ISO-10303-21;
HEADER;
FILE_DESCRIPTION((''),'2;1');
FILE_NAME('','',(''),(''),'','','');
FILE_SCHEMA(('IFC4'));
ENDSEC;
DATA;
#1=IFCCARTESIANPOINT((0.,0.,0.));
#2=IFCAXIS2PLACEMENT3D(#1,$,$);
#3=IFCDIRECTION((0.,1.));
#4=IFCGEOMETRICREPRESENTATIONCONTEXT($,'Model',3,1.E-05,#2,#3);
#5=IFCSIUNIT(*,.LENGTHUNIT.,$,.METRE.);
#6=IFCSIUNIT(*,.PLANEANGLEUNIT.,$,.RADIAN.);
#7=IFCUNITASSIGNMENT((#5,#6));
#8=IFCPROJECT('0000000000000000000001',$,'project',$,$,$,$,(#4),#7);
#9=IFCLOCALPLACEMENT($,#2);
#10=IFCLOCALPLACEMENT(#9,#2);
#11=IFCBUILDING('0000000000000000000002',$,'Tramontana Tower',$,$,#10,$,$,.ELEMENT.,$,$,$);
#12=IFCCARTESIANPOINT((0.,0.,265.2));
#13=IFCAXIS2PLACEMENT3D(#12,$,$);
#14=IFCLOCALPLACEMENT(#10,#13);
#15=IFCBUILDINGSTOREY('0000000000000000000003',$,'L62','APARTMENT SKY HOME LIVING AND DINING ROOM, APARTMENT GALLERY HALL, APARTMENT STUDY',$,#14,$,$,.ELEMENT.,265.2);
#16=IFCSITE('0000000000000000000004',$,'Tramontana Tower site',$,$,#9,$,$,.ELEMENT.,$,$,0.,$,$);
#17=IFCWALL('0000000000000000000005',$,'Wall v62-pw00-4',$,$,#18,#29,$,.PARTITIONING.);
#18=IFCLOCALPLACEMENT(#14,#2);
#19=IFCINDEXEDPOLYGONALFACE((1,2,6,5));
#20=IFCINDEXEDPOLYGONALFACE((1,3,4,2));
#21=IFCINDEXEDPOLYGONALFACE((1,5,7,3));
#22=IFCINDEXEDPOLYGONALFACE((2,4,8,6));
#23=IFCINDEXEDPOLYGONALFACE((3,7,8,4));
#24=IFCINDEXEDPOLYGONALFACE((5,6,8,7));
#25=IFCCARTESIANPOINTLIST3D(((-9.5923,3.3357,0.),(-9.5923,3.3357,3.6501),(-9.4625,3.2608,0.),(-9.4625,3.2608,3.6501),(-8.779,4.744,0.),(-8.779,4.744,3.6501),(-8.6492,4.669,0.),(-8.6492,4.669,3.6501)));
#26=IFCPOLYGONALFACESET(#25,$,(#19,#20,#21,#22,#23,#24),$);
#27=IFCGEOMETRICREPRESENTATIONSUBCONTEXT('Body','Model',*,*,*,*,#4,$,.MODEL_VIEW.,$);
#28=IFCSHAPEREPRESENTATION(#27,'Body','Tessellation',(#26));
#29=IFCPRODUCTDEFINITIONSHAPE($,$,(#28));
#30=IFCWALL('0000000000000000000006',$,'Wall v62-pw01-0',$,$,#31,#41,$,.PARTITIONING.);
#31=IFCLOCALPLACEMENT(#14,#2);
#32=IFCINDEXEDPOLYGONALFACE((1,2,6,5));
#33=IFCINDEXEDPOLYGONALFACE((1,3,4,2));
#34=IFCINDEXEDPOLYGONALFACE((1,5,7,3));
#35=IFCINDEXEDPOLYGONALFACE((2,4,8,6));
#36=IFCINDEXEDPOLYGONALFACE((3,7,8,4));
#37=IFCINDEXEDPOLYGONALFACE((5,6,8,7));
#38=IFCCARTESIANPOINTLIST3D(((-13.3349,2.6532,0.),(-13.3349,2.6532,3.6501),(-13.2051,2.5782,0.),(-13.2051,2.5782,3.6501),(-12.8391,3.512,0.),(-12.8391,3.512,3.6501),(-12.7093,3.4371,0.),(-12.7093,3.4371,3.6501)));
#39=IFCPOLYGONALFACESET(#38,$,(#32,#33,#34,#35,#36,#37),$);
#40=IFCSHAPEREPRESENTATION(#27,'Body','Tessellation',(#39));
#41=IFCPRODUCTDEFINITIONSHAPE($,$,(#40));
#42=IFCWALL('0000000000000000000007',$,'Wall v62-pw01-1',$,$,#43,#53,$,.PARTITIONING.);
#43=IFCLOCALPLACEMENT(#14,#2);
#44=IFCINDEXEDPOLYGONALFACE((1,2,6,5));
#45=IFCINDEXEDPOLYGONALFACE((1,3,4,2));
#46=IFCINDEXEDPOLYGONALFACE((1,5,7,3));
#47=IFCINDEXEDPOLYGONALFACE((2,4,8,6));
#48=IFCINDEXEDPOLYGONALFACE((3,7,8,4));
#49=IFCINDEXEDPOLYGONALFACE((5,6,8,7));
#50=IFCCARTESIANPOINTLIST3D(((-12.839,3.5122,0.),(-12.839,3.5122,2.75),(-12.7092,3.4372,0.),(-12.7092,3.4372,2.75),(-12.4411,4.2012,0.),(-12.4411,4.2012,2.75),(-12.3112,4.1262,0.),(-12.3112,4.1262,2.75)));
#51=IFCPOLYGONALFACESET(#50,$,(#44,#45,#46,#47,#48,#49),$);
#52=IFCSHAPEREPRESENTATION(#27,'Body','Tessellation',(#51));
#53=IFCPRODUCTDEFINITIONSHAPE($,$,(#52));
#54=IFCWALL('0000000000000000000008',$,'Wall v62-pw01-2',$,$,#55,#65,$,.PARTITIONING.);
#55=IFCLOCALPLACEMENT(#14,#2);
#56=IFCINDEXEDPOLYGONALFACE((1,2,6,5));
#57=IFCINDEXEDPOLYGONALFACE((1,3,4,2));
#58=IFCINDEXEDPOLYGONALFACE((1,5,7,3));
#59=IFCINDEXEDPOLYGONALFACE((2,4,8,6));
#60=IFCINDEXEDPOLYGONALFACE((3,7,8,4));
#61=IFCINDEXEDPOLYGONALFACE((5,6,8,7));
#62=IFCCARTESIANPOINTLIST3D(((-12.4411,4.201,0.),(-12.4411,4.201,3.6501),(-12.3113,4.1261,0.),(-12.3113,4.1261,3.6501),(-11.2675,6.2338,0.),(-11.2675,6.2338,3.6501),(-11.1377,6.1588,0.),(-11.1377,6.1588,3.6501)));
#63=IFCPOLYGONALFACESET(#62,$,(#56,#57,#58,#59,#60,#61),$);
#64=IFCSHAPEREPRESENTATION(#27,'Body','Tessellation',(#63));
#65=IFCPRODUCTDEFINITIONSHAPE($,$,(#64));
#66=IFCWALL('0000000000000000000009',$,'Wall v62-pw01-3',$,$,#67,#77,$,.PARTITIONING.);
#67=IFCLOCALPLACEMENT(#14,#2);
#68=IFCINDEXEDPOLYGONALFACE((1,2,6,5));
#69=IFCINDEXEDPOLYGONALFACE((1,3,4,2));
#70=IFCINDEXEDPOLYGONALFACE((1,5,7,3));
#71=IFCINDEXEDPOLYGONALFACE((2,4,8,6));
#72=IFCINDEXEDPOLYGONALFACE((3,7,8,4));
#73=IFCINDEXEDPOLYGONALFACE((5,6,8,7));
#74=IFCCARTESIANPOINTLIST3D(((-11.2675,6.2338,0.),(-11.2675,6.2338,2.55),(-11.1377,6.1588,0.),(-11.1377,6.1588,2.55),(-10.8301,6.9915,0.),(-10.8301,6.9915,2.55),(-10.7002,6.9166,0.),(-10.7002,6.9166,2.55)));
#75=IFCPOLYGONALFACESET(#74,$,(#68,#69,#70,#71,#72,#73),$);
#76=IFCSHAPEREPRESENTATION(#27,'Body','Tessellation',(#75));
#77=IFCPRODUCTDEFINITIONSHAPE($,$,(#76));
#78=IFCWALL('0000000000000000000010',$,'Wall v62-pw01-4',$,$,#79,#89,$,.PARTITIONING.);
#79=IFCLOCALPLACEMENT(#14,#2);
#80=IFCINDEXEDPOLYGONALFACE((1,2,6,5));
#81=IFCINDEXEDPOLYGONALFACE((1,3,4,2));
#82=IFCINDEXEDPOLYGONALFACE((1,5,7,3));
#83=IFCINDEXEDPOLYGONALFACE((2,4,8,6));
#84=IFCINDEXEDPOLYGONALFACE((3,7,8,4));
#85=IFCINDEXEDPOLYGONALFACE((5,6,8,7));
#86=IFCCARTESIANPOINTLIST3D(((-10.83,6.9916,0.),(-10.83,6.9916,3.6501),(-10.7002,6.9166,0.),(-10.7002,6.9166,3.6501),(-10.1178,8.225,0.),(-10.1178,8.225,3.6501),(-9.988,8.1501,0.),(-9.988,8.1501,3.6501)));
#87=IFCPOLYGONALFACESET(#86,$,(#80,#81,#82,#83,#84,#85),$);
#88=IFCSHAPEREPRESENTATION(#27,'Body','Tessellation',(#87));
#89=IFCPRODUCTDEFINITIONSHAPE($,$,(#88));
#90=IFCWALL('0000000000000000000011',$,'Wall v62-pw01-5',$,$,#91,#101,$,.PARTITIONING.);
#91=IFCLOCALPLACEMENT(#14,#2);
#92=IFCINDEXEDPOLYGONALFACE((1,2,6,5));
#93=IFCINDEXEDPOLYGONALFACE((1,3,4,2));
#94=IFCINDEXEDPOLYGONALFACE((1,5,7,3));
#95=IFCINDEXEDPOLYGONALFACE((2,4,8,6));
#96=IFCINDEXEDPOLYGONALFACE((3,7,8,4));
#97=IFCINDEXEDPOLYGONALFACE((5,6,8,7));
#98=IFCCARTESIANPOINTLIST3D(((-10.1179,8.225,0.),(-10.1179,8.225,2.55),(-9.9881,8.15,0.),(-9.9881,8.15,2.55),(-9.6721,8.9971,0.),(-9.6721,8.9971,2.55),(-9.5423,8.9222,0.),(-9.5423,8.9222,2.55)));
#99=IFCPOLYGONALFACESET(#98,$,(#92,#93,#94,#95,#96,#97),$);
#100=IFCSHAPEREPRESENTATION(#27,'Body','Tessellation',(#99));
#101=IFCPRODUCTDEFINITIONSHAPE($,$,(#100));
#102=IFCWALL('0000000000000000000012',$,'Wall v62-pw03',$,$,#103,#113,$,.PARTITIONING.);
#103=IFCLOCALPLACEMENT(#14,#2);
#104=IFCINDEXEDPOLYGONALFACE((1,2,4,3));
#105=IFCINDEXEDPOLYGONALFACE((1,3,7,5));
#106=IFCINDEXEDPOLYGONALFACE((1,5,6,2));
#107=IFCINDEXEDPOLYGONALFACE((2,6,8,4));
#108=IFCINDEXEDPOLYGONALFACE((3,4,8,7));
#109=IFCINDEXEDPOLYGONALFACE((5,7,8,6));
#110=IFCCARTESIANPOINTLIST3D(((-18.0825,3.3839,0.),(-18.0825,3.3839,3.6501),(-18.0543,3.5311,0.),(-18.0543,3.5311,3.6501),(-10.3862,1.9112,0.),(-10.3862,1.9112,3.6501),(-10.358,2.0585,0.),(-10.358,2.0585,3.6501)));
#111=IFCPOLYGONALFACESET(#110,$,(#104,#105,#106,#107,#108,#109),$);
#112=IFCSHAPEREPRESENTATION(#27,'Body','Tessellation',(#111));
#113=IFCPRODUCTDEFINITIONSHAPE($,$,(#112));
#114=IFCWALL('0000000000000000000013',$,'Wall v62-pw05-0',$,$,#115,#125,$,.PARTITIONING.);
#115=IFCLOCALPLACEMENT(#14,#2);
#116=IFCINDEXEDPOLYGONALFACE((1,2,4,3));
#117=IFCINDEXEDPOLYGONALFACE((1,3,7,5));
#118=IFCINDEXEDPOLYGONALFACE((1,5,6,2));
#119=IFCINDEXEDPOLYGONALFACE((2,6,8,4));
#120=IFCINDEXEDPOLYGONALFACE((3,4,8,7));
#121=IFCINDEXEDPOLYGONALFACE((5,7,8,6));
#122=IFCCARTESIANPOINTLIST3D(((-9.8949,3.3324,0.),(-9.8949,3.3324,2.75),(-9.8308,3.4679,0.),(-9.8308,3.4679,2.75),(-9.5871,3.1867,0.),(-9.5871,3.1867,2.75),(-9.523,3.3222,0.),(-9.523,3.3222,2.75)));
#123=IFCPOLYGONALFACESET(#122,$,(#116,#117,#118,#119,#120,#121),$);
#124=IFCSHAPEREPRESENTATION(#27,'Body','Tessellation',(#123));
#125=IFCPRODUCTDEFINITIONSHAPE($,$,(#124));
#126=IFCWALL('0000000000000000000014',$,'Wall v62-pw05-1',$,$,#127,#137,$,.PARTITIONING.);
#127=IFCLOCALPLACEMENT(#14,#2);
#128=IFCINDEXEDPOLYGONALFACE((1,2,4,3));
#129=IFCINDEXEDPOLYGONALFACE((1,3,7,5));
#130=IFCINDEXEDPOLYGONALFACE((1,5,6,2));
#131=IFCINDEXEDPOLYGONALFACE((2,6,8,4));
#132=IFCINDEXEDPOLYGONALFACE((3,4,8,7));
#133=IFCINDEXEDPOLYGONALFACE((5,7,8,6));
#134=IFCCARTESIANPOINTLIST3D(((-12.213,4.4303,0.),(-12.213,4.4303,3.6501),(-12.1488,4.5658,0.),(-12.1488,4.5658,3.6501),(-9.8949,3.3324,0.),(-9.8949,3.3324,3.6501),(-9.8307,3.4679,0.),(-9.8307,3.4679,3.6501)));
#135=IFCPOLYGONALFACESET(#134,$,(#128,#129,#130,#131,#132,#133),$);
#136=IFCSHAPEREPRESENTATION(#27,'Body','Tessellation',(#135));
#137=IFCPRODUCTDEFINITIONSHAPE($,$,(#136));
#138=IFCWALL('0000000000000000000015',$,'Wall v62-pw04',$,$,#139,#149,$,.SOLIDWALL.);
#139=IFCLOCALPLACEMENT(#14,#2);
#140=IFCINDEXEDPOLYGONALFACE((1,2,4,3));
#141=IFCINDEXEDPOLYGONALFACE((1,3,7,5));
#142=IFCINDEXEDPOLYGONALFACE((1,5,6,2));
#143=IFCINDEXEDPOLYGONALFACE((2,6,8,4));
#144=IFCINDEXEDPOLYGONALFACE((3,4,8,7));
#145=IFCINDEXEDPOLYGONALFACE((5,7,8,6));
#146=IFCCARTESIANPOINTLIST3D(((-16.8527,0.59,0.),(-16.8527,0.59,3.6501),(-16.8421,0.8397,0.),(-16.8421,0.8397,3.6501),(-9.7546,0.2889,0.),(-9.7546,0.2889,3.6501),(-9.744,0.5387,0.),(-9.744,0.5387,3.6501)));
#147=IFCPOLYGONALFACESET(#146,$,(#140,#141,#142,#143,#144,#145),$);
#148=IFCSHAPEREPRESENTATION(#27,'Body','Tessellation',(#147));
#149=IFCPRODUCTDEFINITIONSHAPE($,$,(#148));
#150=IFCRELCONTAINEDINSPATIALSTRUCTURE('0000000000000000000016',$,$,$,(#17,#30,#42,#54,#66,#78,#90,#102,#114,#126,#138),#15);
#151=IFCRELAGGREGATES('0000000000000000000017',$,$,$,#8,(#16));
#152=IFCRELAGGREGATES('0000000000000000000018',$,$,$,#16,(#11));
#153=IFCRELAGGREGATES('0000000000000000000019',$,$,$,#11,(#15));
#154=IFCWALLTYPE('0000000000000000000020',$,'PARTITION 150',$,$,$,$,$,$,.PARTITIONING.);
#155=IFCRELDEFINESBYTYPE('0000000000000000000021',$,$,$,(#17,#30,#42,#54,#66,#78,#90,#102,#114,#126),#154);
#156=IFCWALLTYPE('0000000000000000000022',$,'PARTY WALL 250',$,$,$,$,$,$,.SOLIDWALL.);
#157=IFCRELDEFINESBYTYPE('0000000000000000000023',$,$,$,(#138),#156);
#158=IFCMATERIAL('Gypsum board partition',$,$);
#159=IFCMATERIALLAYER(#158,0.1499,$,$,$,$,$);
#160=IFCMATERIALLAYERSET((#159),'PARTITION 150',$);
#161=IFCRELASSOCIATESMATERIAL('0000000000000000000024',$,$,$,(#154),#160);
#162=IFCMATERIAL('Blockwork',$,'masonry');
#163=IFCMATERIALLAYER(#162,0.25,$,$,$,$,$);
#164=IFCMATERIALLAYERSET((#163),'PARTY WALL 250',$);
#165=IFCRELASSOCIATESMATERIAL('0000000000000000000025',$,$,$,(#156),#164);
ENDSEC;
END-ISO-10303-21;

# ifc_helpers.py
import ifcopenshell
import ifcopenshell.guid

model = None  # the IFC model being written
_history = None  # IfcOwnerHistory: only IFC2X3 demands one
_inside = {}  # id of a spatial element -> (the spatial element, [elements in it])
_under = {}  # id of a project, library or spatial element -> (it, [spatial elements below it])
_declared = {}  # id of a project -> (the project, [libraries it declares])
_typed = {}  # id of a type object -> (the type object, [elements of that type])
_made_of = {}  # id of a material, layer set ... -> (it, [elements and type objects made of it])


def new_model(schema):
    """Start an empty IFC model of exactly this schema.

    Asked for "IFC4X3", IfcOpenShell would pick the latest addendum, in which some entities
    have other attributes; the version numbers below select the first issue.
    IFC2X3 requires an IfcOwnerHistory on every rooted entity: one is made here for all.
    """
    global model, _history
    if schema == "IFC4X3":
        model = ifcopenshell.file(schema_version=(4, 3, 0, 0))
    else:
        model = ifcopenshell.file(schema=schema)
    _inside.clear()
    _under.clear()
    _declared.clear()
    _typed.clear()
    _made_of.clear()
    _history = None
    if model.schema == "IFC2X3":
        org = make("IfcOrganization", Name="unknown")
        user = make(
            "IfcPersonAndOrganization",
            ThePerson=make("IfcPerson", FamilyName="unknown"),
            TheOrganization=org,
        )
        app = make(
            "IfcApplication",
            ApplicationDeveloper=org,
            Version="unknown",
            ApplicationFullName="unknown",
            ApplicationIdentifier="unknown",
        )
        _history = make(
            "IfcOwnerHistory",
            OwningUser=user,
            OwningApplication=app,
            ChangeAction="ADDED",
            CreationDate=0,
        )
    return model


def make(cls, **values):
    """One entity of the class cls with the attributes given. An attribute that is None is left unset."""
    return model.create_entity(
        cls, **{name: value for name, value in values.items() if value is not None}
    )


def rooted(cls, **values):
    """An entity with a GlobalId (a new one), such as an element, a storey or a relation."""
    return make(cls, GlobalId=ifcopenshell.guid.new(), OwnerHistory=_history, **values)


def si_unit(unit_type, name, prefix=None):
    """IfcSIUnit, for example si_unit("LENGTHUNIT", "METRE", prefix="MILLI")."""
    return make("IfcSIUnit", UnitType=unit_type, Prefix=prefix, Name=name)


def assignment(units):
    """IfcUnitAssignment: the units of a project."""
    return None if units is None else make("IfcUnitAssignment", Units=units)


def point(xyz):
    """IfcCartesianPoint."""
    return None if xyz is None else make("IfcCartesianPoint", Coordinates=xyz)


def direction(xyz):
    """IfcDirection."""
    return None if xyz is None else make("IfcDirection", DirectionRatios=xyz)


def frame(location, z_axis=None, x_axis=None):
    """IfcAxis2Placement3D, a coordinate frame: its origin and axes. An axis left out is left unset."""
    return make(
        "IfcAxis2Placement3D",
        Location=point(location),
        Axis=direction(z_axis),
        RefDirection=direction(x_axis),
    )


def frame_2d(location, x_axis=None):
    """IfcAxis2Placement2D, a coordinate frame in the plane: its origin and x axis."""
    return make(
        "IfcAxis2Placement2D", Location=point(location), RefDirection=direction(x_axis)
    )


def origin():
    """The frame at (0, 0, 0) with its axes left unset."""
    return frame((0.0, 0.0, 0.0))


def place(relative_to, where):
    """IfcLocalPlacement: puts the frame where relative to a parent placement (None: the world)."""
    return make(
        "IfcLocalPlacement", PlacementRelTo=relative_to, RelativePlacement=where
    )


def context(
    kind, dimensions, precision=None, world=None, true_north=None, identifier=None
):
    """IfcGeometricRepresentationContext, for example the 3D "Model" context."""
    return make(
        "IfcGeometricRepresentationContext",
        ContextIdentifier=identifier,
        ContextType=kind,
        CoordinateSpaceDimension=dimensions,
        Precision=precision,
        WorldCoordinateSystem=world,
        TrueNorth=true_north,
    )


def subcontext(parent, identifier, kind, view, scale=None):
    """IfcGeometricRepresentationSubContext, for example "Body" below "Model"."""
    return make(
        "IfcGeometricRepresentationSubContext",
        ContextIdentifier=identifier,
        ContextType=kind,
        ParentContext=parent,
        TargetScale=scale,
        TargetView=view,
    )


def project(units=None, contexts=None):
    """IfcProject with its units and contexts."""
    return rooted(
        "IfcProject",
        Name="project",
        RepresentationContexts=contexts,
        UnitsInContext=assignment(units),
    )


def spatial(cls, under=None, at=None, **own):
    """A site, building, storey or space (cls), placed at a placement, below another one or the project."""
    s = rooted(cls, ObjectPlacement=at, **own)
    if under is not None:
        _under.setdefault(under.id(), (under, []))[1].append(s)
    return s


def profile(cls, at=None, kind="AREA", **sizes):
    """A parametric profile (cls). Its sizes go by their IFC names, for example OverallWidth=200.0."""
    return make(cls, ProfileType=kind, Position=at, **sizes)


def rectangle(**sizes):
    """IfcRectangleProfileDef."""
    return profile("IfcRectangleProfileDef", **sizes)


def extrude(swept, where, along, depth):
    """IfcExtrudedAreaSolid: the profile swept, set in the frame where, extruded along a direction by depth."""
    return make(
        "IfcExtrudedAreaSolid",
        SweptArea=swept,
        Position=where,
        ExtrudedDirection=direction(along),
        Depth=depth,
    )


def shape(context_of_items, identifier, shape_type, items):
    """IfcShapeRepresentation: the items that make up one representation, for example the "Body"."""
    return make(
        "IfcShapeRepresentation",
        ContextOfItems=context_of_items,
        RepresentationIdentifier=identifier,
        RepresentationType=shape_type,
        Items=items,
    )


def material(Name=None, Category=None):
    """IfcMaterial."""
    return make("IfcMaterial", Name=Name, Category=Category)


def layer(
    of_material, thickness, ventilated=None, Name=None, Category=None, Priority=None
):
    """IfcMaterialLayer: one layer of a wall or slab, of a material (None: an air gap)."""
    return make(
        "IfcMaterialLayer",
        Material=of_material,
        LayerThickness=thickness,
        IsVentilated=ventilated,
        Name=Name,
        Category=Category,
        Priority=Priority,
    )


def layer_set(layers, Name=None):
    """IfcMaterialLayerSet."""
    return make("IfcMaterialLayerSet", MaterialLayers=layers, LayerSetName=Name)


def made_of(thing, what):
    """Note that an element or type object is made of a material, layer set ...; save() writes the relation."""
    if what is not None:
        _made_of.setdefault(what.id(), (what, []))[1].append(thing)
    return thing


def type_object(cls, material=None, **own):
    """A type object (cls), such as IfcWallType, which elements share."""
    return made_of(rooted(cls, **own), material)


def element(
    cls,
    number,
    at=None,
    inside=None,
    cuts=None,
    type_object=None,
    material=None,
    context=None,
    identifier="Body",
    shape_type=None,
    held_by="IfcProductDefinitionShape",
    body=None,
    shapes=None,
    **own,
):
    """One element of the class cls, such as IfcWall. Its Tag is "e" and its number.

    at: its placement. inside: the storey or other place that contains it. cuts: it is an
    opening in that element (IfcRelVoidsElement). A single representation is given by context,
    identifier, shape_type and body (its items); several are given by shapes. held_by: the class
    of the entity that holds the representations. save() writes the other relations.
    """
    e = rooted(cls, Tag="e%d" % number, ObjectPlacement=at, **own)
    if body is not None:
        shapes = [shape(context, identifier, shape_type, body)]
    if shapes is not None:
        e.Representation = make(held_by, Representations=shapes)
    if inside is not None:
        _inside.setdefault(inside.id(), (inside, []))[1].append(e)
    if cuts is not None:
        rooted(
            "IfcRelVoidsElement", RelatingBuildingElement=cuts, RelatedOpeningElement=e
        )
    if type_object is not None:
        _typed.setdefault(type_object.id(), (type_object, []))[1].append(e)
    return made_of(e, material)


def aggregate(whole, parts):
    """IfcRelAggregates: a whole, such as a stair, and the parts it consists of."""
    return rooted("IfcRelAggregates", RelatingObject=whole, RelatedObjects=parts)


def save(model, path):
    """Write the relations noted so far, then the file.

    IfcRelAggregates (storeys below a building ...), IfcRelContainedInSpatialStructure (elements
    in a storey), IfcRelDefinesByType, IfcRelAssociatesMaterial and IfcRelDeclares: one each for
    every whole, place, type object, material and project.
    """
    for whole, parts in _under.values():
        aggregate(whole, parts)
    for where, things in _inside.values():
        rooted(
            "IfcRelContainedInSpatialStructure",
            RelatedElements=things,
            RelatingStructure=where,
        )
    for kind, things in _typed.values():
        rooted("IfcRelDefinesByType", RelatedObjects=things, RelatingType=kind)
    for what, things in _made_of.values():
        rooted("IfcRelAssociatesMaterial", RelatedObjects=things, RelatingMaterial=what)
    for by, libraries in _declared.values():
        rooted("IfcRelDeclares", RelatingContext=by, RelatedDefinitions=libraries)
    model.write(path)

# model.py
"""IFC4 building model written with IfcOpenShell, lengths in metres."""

from ifc_helpers import new_model, si_unit, direction, frame, frame_2d, origin, place, context, subcontext, project, spatial, rectangle, extrude, material, layer, layer_set, type_object, element, save


model = new_model("IFC4")

# Units and contexts
model_context = context("Model", 3, precision=1e-05, world=origin(), true_north=direction((0.0, 1.0)))
body_context = subcontext(model_context, "Body", "Model", "MODEL_VIEW")
ifc_project = project(units=[si_unit("LENGTHUNIT", "METRE"), si_unit("PLANEANGLEUNIT", "RADIAN")], contexts=[model_context])

# Site, building, storey
site_placement = place(None, origin())
site = spatial("IfcSite", under=ifc_project, at=site_placement, Name="Tramontana Tower site", CompositionType="ELEMENT", RefElevation=0.0)
building_placement = place(site_placement, origin())
building = spatial("IfcBuilding", under=site, at=building_placement, Name="Tramontana Tower", CompositionType="ELEMENT")
storey_placement = place(building_placement, frame((0.0, 0.0, 265.2)))
storey = spatial("IfcBuildingStorey", under=building, at=storey_placement, Name="L62", Description="APARTMENT SKY HOME LIVING AND DINING ROOM, APARTMENT GALLERY HALL, APARTMENT STUDY", CompositionType="ELEMENT", Elevation=265.2)

# Shared definitions
ifc_material_1 = material(Name="Gypsum board partition")
ifc_layer_1 = layer(ifc_material_1, 0.1499)
ifc_layer_set_1 = layer_set([ifc_layer_1], Name="PARTITION 150")
wall_type_1 = type_object("IfcWallType", Name="PARTITION 150", PredefinedType="PARTITIONING", material=ifc_layer_set_1)

# Walls
wall_1_placement = place(storey_placement, frame((-9.5273, 3.2983, 0.0), z_axis=(0.0, 0.0, 1.0), x_axis=(0.500095, 0.865971, 0.0)))
element("IfcWall", 1, at=wall_1_placement, inside=storey, type_object=wall_type_1, Name="Wall v62-pw00-4", PredefinedType="PARTITIONING", context=body_context, shape_type="SweptSolid", body=[
    extrude(rectangle(XDim=1.6262, YDim=0.1499, at=frame_2d((0.813, 0.0))), origin(), (0.0, 0.0, 1.0), 3.6501),
])
wall_2_placement = place(storey_placement, frame((-13.27, 2.6157, 0.0), z_axis=(0.0, 0.0, 1.0), x_axis=(0.499978, 0.866038, 0.0)))
element("IfcWall", 2, at=wall_2_placement, inside=storey, type_object=wall_type_1, Name="Wall v62-pw01-0", PredefinedType="PARTITIONING", context=body_context, shape_type="SweptSolid", body=[
    extrude(rectangle(XDim=0.9917, YDim=0.1499, at=frame_2d((0.4958, 0.0))), origin(), (0.0, 0.0, 1.0), 3.6501),
])
wall_3_placement = place(storey_placement, frame((-12.7742, 3.4746, 0.0), z_axis=(0.0, 0.0, 1.0), x_axis=(0.500165, 0.86593, 0.0)))
element("IfcWall", 3, at=wall_3_placement, inside=storey, type_object=wall_type_1, Name="Wall v62-pw01-1", PredefinedType="PARTITIONING", context=body_context, shape_type="SweptSolid", body=[
    extrude(rectangle(XDim=0.7957, YDim=0.1499, at=frame_2d((0.3979, 0.0))), origin(), (0.0, 0.0, 1.0), 2.75),
])
wall_4_placement = place(storey_placement, frame((-12.3762, 4.1636, 0.0), z_axis=(0.0, 0.0, 1.0), x_axis=(0.499999, 0.866026, 0.0)))
element("IfcWall", 4, at=wall_4_placement, inside=storey, type_object=wall_type_1, Name="Wall v62-pw01-2", PredefinedType="PARTITIONING", context=body_context, shape_type="SweptSolid", body=[
    extrude(rectangle(XDim=2.3472, YDim=0.1499, at=frame_2d((1.1736, 0.0))), origin(), (0.0, 0.0, 1.0), 3.6501),
])
wall_5_placement = place(storey_placement, frame((-11.2026, 6.1963, 0.0), z_axis=(0.0, 0.0, 1.0), x_axis=(0.49998, 0.866037, 0.0)))
element("IfcWall", 5, at=wall_5_placement, inside=storey, type_object=wall_type_1, Name="Wall v62-pw01-3", PredefinedType="PARTITIONING", context=body_context, shape_type="SweptSolid", body=[
    extrude(rectangle(XDim=0.875, YDim=0.1499, at=frame_2d((0.4375, 0.0))), origin(), (0.0, 0.0, 1.0), 2.55),
])
wall_6_placement = place(storey_placement, frame((-10.7651, 6.9541, 0.0), z_axis=(0.0, 0.0, 1.0), x_axis=(0.500029, 0.866009, 0.0)))
element("IfcWall", 6, at=wall_6_placement, inside=storey, type_object=wall_type_1, Name="Wall v62-pw01-4", PredefinedType="PARTITIONING", context=body_context, shape_type="SweptSolid", body=[
    extrude(rectangle(XDim=1.4243, YDim=0.1499, at=frame_2d((0.7122, 0.0))), origin(), (0.0, 0.0, 1.0), 3.6501),
])
wall_7_placement = place(storey_placement, frame((-10.053, 8.1875, 0.0), z_axis=(0.0, 0.0, 1.0), x_axis=(0.499967, 0.866044, 0.0)))
element("IfcWall", 7, at=wall_7_placement, inside=storey, type_object=wall_type_1, Name="Wall v62-pw01-5", PredefinedType="PARTITIONING", context=body_context, shape_type="SweptSolid", body=[
    extrude(rectangle(XDim=0.8916, YDim=0.1499, at=frame_2d((0.4458, 0.0))), origin(), (0.0, 0.0, 1.0), 2.55),
])

# Walls
wall_8_placement = place(storey_placement, frame((-10.3721, 1.9849, 0.0), z_axis=(0.0, 0.0, 1.0), x_axis=(-0.982181, 0.187937, 0.0)))
element("IfcWall", 8, at=wall_8_placement, inside=storey, type_object=wall_type_1, Name="Wall v62-pw03", PredefinedType="PARTITIONING", context=body_context, shape_type="SweptSolid", body=[
    extrude(rectangle(XDim=7.8359, YDim=0.1499, at=frame_2d((3.918, 0.0))), origin(), (0.0, 0.0, 1.0), 3.6501),
])
wall_9_placement = place(storey_placement, frame((-9.5549, 3.2544, 0.0), z_axis=(0.0, 0.0, 1.0), x_axis=(-0.903825, 0.427901, 0.0)))
element("IfcWall", 9, at=wall_9_placement, inside=storey, type_object=wall_type_1, Name="Wall v62-pw05-0", PredefinedType="PARTITIONING", context=body_context, shape_type="SweptSolid", body=[
    extrude(rectangle(XDim=0.3406, YDim=0.1499, at=frame_2d((0.1704, 0.0))), origin(), (0.0, 0.0, 1.0), 2.75),
])
wall_10_placement = place(storey_placement, frame((-9.8628, 3.4001, 0.0), z_axis=(0.0, 0.0, 1.0), x_axis=(-0.903761, 0.428037, 0.0)))
element("IfcWall", 10, at=wall_10_placement, inside=storey, type_object=wall_type_1, Name="Wall v62-pw05-1", PredefinedType="PARTITIONING", context=body_context, shape_type="SweptSolid", body=[
    extrude(rectangle(XDim=2.5649, YDim=0.1499, at=frame_2d((1.2825, 0.0))), origin(), (0.0, 0.0, 1.0), 3.6501),
])
ifc_material_2 = material(Name="Blockwork", Category="masonry")
ifc_layer_2 = layer(ifc_material_2, 0.25)
ifc_layer_set_2 = layer_set([ifc_layer_2], Name="PARTY WALL 250")
wall_type_2 = type_object("IfcWallType", Name="PARTY WALL 250", PredefinedType="SOLIDWALL", material=ifc_layer_set_2)
wall_11_placement = place(storey_placement, frame((-9.7493, 0.4138, 0.0), z_axis=(0.0, 0.0, 1.0), x_axis=(-0.999102, 0.042371, 0.0)))
element("IfcWall", 11, at=wall_11_placement, inside=storey, type_object=wall_type_2, Name="Wall v62-pw04", PredefinedType="SOLIDWALL", context=body_context, shape_type="SweptSolid", body=[
    extrude(rectangle(XDim=7.1045, YDim=0.25, at=frame_2d((3.5522, 0.0))), origin(), (0.0, 0.0, 1.0), 3.6501),
])

save(model, "model.ifc")
